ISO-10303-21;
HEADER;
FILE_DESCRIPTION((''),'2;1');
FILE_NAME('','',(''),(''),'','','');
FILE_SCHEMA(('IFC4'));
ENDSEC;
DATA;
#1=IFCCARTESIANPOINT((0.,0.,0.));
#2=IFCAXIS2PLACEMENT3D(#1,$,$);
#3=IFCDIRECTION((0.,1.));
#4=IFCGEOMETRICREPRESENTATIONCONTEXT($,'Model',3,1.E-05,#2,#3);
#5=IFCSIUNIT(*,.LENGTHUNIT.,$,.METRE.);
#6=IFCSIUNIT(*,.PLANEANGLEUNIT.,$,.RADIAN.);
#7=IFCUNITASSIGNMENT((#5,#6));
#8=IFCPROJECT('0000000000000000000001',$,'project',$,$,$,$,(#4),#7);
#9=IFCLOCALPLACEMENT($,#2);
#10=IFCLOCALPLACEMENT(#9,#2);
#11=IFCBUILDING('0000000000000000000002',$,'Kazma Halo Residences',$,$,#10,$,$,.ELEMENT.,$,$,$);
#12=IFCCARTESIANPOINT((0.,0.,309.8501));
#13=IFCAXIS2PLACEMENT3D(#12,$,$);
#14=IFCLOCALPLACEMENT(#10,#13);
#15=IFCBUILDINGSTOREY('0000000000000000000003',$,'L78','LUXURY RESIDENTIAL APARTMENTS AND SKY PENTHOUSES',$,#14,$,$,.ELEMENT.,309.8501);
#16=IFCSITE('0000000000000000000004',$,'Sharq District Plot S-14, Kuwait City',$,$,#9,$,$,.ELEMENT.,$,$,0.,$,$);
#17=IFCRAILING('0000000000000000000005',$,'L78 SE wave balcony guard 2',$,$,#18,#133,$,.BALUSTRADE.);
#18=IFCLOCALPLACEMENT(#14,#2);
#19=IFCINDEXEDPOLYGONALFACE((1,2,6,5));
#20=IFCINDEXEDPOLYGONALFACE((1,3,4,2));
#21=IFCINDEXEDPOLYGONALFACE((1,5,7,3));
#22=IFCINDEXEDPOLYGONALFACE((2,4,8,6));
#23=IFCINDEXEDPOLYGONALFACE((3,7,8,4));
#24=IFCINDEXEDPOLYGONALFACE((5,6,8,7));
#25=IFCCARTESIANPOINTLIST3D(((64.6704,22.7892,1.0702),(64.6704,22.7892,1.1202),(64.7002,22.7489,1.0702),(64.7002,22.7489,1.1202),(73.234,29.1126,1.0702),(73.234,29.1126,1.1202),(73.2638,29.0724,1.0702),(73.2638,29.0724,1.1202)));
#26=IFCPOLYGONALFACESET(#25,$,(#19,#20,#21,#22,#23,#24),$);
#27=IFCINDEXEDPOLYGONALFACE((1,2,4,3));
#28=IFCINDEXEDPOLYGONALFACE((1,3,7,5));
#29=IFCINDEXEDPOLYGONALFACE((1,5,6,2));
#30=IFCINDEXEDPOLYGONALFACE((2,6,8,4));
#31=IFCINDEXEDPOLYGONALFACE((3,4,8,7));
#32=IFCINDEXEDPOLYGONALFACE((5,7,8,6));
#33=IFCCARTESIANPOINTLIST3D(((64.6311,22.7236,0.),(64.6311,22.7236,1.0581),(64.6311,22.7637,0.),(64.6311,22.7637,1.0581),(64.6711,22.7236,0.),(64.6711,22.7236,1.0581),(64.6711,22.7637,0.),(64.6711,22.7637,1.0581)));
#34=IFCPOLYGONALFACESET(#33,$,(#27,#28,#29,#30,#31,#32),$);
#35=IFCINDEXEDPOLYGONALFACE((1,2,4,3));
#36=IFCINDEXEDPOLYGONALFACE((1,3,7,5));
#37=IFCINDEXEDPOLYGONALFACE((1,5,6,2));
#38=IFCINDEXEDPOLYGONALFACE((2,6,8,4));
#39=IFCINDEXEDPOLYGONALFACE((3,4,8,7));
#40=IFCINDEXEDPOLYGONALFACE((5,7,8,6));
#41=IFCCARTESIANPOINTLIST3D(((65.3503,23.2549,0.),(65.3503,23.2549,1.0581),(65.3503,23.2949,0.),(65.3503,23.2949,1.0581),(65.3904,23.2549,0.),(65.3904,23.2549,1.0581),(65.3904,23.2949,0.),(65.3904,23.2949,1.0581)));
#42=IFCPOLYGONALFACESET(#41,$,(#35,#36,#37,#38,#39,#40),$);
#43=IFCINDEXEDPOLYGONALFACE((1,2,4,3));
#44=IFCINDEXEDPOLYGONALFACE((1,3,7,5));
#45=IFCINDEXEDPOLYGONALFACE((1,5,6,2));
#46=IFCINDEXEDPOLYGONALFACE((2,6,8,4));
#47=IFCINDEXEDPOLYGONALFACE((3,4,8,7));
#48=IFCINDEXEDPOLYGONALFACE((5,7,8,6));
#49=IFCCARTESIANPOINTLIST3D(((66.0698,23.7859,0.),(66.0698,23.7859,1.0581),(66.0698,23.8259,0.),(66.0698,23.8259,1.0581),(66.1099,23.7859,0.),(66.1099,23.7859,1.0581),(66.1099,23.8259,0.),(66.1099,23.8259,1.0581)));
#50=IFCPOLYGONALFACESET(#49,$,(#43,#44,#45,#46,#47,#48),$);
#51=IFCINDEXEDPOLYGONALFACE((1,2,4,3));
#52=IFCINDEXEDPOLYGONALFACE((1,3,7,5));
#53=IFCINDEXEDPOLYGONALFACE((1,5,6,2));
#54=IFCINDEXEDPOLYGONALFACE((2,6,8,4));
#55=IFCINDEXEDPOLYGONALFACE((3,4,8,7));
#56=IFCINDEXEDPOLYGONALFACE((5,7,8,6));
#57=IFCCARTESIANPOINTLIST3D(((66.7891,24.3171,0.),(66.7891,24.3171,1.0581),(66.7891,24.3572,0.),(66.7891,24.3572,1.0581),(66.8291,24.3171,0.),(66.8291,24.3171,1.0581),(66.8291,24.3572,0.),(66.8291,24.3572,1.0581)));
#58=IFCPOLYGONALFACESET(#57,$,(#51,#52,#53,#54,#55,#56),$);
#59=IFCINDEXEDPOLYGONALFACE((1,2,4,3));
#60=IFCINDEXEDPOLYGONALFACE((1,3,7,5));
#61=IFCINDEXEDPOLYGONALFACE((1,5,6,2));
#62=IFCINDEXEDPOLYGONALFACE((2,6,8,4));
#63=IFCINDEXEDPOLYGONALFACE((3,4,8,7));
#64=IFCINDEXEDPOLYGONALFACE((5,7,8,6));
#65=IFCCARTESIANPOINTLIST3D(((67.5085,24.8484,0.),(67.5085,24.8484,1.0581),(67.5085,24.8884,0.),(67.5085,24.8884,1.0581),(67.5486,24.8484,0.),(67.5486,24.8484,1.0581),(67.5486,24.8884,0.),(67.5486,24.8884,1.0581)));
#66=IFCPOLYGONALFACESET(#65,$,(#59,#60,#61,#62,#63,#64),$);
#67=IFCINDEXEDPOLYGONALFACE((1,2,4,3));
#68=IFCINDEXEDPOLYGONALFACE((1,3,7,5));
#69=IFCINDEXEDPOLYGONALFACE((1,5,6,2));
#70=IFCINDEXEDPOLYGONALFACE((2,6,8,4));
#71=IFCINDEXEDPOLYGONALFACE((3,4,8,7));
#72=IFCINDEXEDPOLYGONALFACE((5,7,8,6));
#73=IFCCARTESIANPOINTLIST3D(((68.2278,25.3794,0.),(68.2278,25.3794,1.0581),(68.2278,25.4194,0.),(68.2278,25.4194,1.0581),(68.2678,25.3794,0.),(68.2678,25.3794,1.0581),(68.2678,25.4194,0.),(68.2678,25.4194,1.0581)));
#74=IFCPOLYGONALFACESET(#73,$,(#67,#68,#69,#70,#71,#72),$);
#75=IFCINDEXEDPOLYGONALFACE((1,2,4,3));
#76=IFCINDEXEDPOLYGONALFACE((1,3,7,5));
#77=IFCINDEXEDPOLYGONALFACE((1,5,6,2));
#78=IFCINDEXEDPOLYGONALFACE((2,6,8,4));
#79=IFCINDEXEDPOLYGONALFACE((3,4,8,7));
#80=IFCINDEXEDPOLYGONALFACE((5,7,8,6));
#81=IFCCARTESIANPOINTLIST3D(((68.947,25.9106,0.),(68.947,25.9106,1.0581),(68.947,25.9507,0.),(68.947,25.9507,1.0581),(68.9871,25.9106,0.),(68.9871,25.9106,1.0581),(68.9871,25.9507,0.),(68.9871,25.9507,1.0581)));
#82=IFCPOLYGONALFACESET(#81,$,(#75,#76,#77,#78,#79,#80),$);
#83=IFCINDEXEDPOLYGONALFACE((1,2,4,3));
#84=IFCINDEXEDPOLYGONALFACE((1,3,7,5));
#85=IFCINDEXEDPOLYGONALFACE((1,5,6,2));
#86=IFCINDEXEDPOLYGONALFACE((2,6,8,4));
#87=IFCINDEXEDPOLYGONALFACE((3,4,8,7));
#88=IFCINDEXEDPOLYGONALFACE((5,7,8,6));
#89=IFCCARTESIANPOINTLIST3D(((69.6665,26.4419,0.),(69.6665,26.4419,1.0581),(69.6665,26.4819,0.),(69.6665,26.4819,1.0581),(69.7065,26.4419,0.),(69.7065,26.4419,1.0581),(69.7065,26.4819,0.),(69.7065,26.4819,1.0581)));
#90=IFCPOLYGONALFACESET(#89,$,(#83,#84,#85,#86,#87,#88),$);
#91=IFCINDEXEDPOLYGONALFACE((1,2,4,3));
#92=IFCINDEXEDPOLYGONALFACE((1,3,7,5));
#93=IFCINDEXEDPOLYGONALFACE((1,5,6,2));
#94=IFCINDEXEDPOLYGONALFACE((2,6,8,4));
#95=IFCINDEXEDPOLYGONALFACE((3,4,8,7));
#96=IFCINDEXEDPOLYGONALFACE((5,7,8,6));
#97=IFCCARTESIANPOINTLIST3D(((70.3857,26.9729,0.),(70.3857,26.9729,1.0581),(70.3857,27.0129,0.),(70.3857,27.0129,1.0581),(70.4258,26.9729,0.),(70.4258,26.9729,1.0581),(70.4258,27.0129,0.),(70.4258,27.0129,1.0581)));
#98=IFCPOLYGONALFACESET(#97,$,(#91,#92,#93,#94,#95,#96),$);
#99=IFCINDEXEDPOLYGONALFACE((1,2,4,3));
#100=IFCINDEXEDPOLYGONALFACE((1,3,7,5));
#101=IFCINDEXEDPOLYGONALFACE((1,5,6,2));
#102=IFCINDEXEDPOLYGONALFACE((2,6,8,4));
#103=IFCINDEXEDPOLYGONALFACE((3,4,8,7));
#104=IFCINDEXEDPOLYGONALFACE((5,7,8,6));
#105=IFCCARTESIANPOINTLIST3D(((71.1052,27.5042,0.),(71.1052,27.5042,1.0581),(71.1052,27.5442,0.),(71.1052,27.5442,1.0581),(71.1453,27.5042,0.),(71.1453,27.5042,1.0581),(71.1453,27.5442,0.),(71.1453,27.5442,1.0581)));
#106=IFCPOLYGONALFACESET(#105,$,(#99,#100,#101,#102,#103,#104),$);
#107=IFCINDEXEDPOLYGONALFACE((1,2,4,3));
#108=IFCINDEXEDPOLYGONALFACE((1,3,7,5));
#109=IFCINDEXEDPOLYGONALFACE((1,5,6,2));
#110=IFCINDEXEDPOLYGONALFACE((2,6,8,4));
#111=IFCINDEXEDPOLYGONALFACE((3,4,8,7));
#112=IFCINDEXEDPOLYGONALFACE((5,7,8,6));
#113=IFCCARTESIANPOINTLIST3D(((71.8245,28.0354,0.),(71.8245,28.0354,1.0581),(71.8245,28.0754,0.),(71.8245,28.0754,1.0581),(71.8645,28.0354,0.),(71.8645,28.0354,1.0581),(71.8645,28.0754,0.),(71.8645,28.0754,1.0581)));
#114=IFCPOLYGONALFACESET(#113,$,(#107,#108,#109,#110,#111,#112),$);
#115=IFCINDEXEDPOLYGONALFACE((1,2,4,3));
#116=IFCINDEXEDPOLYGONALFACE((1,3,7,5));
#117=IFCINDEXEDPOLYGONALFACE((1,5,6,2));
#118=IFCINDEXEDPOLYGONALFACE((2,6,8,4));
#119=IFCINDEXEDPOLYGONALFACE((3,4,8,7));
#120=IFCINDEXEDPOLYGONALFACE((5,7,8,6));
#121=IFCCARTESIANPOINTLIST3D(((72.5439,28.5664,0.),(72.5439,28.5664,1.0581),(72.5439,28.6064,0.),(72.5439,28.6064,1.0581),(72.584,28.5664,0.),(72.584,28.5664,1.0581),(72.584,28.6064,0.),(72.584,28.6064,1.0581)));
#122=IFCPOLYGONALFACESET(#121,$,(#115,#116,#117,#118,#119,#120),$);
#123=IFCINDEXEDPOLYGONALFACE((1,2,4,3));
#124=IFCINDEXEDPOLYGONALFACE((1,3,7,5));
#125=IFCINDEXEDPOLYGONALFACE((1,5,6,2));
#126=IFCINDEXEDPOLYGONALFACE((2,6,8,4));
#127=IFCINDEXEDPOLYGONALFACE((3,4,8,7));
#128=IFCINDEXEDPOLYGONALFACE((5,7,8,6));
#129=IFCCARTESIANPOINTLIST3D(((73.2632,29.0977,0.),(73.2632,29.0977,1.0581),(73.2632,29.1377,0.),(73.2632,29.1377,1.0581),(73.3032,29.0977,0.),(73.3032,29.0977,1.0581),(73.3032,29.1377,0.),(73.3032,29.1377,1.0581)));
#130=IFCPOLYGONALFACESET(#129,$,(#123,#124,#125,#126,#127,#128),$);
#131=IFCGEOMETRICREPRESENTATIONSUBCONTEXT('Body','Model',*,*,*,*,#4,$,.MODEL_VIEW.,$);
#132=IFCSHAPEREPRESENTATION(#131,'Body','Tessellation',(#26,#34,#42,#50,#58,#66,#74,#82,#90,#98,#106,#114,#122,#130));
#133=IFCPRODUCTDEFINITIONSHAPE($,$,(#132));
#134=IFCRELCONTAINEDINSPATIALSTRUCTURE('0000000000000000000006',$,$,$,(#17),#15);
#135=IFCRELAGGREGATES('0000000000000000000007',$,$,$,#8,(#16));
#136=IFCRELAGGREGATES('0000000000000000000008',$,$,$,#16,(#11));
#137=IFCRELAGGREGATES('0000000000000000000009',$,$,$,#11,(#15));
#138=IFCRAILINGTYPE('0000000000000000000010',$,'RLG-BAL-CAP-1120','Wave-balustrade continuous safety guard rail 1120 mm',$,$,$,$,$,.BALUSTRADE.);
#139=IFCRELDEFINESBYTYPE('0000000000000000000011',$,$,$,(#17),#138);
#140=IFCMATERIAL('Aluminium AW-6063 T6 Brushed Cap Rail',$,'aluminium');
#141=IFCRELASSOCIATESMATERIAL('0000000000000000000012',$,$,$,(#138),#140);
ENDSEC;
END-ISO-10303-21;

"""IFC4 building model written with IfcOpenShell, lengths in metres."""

from ifc_helpers import new_model, si_unit, direction, frame, origin, origin_2d, place, context, subcontext, project, spatial, rectangle, extrude, material, type_object, element, save


model = new_model("IFC4")

# Units and contexts
model_context = context("Model", 3, precision=1e-05, world=origin(), true_north=direction((0.0, 1.0)))
body_context = subcontext(model_context, "Body", "Model", "MODEL_VIEW")
ifc_project = project(units=[si_unit("LENGTHUNIT", "METRE"), si_unit("PLANEANGLEUNIT", "RADIAN")], contexts=[model_context])

# Site, building, storey
site_placement = place(None, origin())
site = spatial("IfcSite", under=ifc_project, at=site_placement, Name="Sharq District Plot S-14, Kuwait City", CompositionType="ELEMENT", RefElevation=0.0)
building_placement = place(site_placement, origin())
building = spatial("IfcBuilding", under=site, at=building_placement, Name="Kazma Halo Residences", CompositionType="ELEMENT")
storey_placement = place(building_placement, frame((0.0, 0.0, 309.8501)))
storey = spatial("IfcBuildingStorey", under=building, at=storey_placement, Name="L78", Description="LUXURY RESIDENTIAL APARTMENTS AND SKY PENTHOUSES", CompositionType="ELEMENT", Elevation=309.8501)

# Railing
ifc_material_1 = material(Name="Aluminium AW-6063 T6 Brushed Cap Rail", Category="aluminium")
railing_type = type_object("IfcRailingType", Name="RLG-BAL-CAP-1120", Description="Wave-balustrade continuous safety guard rail 1120 mm", PredefinedType="BALUSTRADE", material=ifc_material_1)
railing_1_placement = place(storey_placement, frame((64.6511, 22.7437, 0.0)))
element("IfcRailing", 1, at=railing_1_placement, inside=storey, type_object=railing_type, Name="L78 SE wave balcony guard 2", PredefinedType="BALUSTRADE", context=body_context, shape_type="SweptSolid", body=[
    extrude(rectangle(XDim=0.05, YDim=0.05, at=origin_2d()), frame((0.0342, 0.0254, 1.0952), z_axis=(0.804453, 0.594017, 0.0), x_axis=(-0.594017, 0.804453, 0.0)), (0.0, 0.0, 1.0), 10.6453),
    extrude(rectangle(XDim=0.04, YDim=0.04, at=origin_2d()), origin(), (0.0, 0.0, 1.0), 1.0581),
    extrude(rectangle(XDim=0.04, YDim=0.04, at=origin_2d()), frame((0.7192, 0.5312, 0.0)), (0.0, 0.0, 1.0), 1.0581),
    extrude(rectangle(XDim=0.04, YDim=0.04, at=origin_2d()), frame((1.4387, 1.0623, 0.0)), (0.0, 0.0, 1.0), 1.0581),
    extrude(rectangle(XDim=0.04, YDim=0.04, at=origin_2d()), frame((2.158, 1.5935, 0.0)), (0.0, 0.0, 1.0), 1.0581),
    extrude(rectangle(XDim=0.04, YDim=0.04, at=origin_2d()), frame((2.8774, 2.1248, 0.0)), (0.0, 0.0, 1.0), 1.0581),
    extrude(rectangle(XDim=0.04, YDim=0.04, at=origin_2d()), frame((3.5967, 2.6558, 0.0)), (0.0, 0.0, 1.0), 1.0581),
    extrude(rectangle(XDim=0.04, YDim=0.04, at=origin_2d()), frame((4.3159, 3.187, 0.0)), (0.0, 0.0, 1.0), 1.0581),
    extrude(rectangle(XDim=0.04, YDim=0.04, at=origin_2d()), frame((5.0354, 3.7183, 0.0)), (0.0, 0.0, 1.0), 1.0581),
    extrude(rectangle(XDim=0.04, YDim=0.04, at=origin_2d()), frame((5.7546, 4.2493, 0.0)), (0.0, 0.0, 1.0), 1.0581),
    extrude(rectangle(XDim=0.04, YDim=0.04, at=origin_2d()), frame((6.4741, 4.7805, 0.0)), (0.0, 0.0, 1.0), 1.0581),
    extrude(rectangle(XDim=0.04, YDim=0.04, at=origin_2d()), frame((7.1934, 5.3118, 0.0)), (0.0, 0.0, 1.0), 1.0581),
    extrude(rectangle(XDim=0.04, YDim=0.04, at=origin_2d()), frame((7.9128, 5.8428, 0.0)), (0.0, 0.0, 1.0), 1.0581),
    extrude(rectangle(XDim=0.04, YDim=0.04, at=origin_2d()), frame((8.6321, 6.374, 0.0)), (0.0, 0.0, 1.0), 1.0581),
])

save(model, "model.ifc")
